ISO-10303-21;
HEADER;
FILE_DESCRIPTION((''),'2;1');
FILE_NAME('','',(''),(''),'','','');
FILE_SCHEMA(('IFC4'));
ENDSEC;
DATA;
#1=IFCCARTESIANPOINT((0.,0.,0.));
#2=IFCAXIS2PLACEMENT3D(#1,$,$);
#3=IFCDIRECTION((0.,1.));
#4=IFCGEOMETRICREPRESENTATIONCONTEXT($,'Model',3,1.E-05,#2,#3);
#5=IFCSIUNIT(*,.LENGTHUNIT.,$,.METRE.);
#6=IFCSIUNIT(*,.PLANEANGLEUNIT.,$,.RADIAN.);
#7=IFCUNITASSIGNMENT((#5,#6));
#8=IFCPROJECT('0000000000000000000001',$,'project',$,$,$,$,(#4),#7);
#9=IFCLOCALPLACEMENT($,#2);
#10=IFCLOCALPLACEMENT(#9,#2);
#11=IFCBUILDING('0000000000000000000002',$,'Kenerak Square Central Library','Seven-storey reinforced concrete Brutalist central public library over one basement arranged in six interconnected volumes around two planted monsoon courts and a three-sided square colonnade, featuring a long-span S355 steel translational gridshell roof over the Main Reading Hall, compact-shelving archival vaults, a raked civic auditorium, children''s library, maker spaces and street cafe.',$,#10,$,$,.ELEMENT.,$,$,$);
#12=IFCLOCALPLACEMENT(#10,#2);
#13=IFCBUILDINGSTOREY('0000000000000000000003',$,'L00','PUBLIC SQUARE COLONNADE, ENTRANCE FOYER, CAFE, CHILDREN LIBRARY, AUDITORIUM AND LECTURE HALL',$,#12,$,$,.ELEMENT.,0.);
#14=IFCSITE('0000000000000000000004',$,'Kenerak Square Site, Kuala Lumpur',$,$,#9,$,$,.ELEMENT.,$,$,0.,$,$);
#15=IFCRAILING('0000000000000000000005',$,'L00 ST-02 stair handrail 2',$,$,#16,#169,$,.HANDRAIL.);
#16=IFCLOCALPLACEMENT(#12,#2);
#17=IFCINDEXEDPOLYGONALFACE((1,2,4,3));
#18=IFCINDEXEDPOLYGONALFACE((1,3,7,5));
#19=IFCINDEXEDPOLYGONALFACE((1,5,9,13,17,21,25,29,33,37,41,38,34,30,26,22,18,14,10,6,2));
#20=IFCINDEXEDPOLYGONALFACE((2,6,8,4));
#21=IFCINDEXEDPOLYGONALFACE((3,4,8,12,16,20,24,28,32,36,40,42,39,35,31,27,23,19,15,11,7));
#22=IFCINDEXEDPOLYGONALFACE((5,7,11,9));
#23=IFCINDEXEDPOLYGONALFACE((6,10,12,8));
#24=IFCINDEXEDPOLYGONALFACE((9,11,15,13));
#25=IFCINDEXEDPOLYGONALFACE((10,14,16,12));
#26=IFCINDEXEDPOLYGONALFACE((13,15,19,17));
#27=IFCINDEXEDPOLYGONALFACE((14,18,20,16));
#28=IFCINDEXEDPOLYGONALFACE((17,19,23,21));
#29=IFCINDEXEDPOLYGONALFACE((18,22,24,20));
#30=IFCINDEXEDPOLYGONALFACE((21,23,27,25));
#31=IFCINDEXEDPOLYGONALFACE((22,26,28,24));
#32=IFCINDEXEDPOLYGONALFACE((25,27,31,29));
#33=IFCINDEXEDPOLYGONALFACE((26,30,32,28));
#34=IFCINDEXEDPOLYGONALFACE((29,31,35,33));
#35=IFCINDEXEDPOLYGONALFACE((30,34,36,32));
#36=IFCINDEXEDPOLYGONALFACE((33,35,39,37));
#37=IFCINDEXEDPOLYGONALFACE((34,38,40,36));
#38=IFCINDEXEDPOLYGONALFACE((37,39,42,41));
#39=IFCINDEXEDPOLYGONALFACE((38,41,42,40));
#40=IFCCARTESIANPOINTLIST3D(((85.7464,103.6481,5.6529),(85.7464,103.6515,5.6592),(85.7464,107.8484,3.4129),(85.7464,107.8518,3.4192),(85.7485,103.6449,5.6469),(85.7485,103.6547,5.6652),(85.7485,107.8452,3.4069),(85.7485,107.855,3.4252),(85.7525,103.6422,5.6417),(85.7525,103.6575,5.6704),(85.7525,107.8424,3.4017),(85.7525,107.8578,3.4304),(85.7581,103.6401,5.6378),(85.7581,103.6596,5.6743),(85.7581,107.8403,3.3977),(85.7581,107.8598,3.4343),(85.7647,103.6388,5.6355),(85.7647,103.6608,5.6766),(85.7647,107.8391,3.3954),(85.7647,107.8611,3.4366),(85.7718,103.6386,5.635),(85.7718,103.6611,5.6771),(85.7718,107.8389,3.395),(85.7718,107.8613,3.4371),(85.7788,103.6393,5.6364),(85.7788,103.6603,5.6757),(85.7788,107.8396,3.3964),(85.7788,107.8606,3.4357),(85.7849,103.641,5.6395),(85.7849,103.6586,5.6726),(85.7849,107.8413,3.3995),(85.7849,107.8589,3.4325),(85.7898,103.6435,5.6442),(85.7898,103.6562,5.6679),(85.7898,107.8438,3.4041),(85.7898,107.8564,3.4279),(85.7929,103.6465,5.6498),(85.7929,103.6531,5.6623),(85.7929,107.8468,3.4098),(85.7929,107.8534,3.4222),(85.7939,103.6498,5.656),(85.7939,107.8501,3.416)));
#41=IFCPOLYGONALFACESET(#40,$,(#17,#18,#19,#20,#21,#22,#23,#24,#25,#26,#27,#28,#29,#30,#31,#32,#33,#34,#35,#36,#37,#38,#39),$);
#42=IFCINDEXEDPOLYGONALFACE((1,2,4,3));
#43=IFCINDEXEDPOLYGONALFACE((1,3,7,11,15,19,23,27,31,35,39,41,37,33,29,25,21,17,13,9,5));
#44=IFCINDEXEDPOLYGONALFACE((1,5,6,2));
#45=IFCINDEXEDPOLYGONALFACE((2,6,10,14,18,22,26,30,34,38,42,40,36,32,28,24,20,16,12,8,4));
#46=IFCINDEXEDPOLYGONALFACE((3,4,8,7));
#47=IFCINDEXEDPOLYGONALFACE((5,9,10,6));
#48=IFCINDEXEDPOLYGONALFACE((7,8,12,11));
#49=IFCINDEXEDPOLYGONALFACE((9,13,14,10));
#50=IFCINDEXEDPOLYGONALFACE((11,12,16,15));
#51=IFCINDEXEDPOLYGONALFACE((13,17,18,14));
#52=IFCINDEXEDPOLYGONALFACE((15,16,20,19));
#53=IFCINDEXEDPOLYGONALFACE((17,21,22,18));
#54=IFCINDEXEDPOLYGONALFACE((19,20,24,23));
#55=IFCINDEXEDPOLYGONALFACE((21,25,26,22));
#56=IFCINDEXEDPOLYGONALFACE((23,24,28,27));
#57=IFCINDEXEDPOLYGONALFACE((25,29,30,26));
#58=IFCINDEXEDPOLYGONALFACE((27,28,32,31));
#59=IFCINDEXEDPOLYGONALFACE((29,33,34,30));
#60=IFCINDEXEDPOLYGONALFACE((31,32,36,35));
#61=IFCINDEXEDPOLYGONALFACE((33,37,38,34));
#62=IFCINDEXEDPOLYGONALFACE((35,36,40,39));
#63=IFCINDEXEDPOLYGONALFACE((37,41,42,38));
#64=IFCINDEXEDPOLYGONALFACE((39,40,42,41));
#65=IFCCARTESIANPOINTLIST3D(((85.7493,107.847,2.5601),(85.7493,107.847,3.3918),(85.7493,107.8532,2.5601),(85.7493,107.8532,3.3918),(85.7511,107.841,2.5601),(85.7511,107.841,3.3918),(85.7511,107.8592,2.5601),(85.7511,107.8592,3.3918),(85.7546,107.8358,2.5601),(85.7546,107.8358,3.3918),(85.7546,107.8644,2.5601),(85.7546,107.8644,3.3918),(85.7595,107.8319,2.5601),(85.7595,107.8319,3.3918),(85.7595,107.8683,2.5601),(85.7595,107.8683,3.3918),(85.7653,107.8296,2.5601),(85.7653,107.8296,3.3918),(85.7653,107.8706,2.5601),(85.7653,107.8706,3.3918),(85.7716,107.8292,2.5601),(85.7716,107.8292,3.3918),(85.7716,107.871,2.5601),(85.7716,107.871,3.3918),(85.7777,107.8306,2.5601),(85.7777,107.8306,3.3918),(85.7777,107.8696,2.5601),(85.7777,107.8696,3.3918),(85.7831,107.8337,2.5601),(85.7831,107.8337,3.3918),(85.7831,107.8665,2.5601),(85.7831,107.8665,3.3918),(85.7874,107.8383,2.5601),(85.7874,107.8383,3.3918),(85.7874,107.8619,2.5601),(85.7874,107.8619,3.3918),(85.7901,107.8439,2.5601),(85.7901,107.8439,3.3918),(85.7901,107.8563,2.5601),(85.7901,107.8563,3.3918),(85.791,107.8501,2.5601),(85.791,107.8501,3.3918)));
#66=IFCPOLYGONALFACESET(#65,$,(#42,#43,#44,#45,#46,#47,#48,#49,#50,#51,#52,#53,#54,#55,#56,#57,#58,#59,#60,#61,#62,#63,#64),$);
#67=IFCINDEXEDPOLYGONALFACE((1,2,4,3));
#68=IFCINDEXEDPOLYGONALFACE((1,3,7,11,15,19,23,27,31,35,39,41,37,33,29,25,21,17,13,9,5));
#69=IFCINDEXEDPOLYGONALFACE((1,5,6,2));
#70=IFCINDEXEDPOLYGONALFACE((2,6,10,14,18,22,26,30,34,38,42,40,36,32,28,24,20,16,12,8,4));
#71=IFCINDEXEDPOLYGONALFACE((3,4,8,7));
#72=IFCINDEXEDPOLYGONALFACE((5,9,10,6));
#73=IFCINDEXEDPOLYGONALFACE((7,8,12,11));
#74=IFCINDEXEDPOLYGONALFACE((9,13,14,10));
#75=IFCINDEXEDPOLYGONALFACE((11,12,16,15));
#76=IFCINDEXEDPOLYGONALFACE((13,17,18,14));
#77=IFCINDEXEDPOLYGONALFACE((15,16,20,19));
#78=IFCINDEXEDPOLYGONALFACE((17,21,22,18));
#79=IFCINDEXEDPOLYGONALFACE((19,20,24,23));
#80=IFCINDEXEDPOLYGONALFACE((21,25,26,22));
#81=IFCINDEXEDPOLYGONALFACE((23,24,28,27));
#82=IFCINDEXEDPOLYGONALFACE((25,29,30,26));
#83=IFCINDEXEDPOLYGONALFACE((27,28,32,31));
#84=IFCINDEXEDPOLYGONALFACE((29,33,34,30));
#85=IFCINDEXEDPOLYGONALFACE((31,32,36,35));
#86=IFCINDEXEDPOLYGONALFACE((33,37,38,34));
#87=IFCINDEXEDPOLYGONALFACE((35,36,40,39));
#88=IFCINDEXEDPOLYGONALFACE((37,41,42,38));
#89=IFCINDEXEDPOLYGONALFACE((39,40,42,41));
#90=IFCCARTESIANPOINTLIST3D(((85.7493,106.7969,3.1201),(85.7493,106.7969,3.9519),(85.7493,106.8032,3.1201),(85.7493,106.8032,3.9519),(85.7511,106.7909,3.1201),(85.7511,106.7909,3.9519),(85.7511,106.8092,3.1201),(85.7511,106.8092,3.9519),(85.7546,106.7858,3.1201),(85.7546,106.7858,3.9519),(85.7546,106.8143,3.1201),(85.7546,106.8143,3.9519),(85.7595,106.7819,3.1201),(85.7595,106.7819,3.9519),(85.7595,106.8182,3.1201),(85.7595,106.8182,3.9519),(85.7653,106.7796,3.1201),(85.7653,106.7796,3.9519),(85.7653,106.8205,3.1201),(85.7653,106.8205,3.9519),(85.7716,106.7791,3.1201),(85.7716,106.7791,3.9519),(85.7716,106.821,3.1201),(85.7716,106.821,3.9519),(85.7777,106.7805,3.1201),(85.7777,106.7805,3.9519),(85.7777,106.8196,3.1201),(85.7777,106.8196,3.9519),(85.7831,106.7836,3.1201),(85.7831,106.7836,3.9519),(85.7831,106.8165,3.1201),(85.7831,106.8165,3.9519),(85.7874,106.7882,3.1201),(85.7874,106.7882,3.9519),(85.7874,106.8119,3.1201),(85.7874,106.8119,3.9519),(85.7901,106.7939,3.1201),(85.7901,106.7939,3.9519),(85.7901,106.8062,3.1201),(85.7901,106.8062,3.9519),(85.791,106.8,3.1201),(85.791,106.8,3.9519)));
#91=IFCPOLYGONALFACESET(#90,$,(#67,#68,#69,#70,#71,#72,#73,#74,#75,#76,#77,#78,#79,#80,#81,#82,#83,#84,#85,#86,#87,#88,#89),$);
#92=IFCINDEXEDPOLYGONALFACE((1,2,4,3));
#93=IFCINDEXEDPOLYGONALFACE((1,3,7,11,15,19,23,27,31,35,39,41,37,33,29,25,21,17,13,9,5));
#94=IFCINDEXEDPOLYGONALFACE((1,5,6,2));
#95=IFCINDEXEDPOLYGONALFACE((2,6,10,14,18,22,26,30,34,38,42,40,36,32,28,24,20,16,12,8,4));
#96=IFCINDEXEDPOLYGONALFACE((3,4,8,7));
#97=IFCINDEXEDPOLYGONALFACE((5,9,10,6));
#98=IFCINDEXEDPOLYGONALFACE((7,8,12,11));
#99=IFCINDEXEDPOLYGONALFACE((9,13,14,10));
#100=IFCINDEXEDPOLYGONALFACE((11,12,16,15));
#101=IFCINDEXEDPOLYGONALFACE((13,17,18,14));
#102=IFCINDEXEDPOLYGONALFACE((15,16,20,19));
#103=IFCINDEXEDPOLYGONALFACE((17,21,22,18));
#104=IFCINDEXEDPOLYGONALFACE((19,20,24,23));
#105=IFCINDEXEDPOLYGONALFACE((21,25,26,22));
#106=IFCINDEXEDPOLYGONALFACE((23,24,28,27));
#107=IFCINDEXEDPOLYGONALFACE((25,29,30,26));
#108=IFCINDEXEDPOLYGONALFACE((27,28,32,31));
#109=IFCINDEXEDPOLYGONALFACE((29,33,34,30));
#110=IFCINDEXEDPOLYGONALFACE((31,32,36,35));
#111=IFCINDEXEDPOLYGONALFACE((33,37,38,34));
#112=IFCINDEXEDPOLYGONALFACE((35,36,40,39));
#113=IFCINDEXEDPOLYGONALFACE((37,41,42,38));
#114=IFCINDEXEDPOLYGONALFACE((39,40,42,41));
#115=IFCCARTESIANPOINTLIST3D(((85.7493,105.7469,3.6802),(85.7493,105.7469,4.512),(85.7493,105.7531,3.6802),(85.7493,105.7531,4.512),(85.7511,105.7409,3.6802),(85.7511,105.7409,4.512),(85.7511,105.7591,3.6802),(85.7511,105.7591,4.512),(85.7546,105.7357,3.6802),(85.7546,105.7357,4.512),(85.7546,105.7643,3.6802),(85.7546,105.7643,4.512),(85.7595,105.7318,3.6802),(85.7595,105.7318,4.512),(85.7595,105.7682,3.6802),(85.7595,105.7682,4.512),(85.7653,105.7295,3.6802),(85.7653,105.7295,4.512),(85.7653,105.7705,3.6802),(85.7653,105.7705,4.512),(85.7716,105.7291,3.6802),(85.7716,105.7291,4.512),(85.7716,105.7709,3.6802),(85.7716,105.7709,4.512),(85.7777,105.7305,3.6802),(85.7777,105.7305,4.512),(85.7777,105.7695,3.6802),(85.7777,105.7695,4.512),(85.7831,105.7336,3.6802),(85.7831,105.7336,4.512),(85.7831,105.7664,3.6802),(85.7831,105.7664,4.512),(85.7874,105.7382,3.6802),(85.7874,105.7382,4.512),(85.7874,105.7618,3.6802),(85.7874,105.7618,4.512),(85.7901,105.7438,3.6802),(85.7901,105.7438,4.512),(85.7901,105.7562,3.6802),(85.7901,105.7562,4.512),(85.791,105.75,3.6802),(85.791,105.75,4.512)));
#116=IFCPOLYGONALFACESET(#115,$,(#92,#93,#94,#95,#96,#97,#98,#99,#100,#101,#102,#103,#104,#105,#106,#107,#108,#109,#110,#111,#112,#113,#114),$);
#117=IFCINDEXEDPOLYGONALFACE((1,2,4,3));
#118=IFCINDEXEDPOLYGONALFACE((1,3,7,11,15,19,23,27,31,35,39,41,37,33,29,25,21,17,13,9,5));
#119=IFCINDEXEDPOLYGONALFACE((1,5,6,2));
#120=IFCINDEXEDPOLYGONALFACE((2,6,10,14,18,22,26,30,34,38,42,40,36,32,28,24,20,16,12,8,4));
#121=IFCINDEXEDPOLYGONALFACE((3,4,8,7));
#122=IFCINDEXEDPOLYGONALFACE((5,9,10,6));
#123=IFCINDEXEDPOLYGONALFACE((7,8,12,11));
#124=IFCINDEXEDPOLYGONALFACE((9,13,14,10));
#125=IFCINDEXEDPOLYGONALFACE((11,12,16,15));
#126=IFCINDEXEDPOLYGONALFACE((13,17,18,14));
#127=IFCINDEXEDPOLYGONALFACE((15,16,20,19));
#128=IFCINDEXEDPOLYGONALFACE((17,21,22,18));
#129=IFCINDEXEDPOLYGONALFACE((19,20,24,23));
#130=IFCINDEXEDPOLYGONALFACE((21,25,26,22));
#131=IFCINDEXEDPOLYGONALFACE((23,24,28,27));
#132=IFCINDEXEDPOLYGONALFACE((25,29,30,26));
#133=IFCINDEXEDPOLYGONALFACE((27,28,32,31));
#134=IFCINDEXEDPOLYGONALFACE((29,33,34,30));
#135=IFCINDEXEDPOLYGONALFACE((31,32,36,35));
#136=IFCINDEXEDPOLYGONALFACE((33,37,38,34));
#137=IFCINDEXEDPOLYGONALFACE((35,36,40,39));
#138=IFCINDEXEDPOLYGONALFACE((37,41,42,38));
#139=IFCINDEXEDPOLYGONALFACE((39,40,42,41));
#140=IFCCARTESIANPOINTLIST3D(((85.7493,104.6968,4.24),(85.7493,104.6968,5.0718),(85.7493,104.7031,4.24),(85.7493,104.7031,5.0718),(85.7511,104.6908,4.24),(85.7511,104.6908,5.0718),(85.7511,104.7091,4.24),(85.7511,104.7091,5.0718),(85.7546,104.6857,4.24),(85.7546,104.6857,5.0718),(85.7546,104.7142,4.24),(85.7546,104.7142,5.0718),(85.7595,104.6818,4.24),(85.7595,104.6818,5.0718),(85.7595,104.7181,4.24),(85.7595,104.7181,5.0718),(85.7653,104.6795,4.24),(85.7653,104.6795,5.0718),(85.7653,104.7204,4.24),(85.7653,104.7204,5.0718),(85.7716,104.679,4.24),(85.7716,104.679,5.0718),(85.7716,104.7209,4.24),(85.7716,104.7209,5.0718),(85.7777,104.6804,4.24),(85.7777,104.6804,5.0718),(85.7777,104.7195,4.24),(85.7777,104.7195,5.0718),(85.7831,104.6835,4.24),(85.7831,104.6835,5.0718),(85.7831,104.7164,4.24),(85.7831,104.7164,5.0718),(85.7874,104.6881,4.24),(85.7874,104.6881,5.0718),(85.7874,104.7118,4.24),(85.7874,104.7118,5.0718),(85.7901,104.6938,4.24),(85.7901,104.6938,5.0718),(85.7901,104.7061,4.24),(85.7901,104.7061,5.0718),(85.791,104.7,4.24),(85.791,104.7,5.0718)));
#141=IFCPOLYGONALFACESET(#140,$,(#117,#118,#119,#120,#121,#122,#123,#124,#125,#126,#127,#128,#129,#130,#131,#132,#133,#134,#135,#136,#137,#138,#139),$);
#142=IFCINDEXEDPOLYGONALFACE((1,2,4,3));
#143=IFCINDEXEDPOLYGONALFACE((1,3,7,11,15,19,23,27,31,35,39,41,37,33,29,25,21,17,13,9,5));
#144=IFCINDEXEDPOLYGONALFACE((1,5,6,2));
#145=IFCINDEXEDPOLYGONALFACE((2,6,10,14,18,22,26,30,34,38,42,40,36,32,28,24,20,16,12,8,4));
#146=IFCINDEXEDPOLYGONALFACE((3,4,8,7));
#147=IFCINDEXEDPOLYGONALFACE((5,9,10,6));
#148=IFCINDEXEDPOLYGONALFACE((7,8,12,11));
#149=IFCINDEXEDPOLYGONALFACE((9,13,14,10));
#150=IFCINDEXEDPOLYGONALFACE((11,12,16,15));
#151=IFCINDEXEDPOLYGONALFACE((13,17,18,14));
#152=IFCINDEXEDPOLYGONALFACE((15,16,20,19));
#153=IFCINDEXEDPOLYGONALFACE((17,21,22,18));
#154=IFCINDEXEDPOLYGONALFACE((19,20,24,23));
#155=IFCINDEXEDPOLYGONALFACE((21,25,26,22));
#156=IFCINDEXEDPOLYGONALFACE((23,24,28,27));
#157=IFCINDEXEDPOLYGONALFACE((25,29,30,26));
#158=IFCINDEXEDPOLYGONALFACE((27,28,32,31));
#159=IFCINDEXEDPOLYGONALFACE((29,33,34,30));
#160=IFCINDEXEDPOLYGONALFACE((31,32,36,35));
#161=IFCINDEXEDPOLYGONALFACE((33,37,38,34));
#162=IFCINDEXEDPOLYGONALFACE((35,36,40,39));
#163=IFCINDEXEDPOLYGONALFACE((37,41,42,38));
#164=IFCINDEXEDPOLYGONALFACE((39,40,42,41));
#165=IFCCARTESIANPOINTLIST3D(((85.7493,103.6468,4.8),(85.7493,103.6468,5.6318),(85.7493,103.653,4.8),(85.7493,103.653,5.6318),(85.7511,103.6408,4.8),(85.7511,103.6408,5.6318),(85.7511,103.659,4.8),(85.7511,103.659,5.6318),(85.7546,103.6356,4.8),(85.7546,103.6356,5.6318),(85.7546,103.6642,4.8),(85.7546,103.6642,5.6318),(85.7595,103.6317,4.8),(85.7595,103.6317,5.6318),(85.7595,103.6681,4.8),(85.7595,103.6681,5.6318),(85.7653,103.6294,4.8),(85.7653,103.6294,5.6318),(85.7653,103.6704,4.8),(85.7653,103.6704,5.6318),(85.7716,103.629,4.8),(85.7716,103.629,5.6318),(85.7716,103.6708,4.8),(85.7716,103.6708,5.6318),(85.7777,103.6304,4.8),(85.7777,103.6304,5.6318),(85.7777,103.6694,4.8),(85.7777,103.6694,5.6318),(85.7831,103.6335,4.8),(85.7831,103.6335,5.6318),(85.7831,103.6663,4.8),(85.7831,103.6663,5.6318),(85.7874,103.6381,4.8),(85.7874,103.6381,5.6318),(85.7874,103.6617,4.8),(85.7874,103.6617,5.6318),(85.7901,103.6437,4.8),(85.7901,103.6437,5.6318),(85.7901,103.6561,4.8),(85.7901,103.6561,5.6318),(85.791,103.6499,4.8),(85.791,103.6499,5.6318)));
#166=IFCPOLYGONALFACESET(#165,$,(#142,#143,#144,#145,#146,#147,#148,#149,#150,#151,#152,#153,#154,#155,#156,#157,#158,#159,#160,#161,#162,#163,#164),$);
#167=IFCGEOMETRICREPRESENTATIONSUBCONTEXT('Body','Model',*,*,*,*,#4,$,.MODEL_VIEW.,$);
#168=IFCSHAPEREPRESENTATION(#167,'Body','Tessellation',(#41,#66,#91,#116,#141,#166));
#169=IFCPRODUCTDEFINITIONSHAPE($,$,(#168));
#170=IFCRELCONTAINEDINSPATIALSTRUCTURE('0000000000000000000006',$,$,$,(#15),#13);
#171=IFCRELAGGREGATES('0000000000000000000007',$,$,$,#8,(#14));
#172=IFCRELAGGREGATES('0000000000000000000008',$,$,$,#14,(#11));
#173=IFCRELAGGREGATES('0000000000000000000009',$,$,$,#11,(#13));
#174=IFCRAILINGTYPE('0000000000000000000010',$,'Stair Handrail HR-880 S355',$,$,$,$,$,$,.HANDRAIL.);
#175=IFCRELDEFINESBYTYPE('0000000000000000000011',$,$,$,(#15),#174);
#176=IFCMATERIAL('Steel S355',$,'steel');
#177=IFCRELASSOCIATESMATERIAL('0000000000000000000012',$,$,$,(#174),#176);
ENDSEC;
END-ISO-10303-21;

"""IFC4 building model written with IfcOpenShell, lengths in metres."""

from ifc_helpers import new_model, si_unit, direction, frame, origin, origin_2d, place, context, subcontext, project, spatial, circle, extrude, material, type_object, element, save


model = new_model("IFC4")

# Units and contexts
model_context = context("Model", 3, precision=1e-05, world=origin(), true_north=direction((0.0, 1.0)))
body_context = subcontext(model_context, "Body", "Model", "MODEL_VIEW")
ifc_project = project(units=[si_unit("LENGTHUNIT", "METRE"), si_unit("PLANEANGLEUNIT", "RADIAN")], contexts=[model_context])

# Site, building, storey
site_placement = place(None, origin())
site = spatial("IfcSite", under=ifc_project, at=site_placement, Name="Kenerak Square Site, Kuala Lumpur", CompositionType="ELEMENT", RefElevation=0.0)
building_placement = place(site_placement, origin())
building = spatial("IfcBuilding", under=site, at=building_placement, Name="Kenerak Square Central Library", Description="Seven-storey reinforced concrete Brutalist central public library over one basement arranged in six interconnected volumes around two planted monsoon courts and a three-sided square colonnade, featuring a long-span S355 steel translational gridshell roof over the Main Reading Hall, compact-shelving archival vaults, a raked civic auditorium, children's library, maker spaces and street cafe.", CompositionType="ELEMENT")
storey_placement = place(building_placement, origin())
storey = spatial("IfcBuildingStorey", under=building, at=storey_placement, Name="L00", Description="PUBLIC SQUARE COLONNADE, ENTRANCE FOYER, CAFE, CHILDREN LIBRARY, AUDITORIUM AND LECTURE HALL", CompositionType="ELEMENT", Elevation=0.0)

# Shared definitions
ifc_material_1 = material(Name="Steel S355", Category="steel")

# Railing
railing_type_1 = type_object("IfcRailingType", Name="Stair Handrail HR-880 S355", PredefinedType="HANDRAIL", material=ifc_material_1)
railing_1_placement = place(storey_placement, frame((85.77, 107.8501, 2.5601)))
element("IfcRailing", 1, at=railing_1_placement, inside=storey, type_object=railing_type_1, Name="L00 ST-02 stair handrail 2", PredefinedType="HANDRAIL", context=body_context, shape_type="SweptSolid", body=[
    extrude(circle(Radius=0.0239, at=origin_2d()), frame((0.0, 0.0, 0.856), z_axis=(0.0, -0.882363, 0.47057), x_axis=(1.0, 0.0, 0.0)), (0.0, 0.0, 1.0), 4.7603),
    extrude(circle(Radius=0.021, at=origin_2d()), origin(), (0.0, 0.0, 1.0), 0.8318),
    extrude(circle(Radius=0.021, at=origin_2d()), frame((0.0, -1.05, 0.5601)), (0.0, 0.0, 1.0), 0.8318),
    extrude(circle(Radius=0.021, at=origin_2d()), frame((0.0, -2.1001, 1.1201)), (0.0, 0.0, 1.0), 0.8318),
    extrude(circle(Radius=0.021, at=origin_2d()), frame((0.0, -3.1501, 1.6799)), (0.0, 0.0, 1.0), 0.8318),
    extrude(circle(Radius=0.021, at=origin_2d()), frame((0.0, -4.2002, 2.24)), (0.0, 0.0, 1.0), 0.8318),
])

save(model, "model.ifc")
